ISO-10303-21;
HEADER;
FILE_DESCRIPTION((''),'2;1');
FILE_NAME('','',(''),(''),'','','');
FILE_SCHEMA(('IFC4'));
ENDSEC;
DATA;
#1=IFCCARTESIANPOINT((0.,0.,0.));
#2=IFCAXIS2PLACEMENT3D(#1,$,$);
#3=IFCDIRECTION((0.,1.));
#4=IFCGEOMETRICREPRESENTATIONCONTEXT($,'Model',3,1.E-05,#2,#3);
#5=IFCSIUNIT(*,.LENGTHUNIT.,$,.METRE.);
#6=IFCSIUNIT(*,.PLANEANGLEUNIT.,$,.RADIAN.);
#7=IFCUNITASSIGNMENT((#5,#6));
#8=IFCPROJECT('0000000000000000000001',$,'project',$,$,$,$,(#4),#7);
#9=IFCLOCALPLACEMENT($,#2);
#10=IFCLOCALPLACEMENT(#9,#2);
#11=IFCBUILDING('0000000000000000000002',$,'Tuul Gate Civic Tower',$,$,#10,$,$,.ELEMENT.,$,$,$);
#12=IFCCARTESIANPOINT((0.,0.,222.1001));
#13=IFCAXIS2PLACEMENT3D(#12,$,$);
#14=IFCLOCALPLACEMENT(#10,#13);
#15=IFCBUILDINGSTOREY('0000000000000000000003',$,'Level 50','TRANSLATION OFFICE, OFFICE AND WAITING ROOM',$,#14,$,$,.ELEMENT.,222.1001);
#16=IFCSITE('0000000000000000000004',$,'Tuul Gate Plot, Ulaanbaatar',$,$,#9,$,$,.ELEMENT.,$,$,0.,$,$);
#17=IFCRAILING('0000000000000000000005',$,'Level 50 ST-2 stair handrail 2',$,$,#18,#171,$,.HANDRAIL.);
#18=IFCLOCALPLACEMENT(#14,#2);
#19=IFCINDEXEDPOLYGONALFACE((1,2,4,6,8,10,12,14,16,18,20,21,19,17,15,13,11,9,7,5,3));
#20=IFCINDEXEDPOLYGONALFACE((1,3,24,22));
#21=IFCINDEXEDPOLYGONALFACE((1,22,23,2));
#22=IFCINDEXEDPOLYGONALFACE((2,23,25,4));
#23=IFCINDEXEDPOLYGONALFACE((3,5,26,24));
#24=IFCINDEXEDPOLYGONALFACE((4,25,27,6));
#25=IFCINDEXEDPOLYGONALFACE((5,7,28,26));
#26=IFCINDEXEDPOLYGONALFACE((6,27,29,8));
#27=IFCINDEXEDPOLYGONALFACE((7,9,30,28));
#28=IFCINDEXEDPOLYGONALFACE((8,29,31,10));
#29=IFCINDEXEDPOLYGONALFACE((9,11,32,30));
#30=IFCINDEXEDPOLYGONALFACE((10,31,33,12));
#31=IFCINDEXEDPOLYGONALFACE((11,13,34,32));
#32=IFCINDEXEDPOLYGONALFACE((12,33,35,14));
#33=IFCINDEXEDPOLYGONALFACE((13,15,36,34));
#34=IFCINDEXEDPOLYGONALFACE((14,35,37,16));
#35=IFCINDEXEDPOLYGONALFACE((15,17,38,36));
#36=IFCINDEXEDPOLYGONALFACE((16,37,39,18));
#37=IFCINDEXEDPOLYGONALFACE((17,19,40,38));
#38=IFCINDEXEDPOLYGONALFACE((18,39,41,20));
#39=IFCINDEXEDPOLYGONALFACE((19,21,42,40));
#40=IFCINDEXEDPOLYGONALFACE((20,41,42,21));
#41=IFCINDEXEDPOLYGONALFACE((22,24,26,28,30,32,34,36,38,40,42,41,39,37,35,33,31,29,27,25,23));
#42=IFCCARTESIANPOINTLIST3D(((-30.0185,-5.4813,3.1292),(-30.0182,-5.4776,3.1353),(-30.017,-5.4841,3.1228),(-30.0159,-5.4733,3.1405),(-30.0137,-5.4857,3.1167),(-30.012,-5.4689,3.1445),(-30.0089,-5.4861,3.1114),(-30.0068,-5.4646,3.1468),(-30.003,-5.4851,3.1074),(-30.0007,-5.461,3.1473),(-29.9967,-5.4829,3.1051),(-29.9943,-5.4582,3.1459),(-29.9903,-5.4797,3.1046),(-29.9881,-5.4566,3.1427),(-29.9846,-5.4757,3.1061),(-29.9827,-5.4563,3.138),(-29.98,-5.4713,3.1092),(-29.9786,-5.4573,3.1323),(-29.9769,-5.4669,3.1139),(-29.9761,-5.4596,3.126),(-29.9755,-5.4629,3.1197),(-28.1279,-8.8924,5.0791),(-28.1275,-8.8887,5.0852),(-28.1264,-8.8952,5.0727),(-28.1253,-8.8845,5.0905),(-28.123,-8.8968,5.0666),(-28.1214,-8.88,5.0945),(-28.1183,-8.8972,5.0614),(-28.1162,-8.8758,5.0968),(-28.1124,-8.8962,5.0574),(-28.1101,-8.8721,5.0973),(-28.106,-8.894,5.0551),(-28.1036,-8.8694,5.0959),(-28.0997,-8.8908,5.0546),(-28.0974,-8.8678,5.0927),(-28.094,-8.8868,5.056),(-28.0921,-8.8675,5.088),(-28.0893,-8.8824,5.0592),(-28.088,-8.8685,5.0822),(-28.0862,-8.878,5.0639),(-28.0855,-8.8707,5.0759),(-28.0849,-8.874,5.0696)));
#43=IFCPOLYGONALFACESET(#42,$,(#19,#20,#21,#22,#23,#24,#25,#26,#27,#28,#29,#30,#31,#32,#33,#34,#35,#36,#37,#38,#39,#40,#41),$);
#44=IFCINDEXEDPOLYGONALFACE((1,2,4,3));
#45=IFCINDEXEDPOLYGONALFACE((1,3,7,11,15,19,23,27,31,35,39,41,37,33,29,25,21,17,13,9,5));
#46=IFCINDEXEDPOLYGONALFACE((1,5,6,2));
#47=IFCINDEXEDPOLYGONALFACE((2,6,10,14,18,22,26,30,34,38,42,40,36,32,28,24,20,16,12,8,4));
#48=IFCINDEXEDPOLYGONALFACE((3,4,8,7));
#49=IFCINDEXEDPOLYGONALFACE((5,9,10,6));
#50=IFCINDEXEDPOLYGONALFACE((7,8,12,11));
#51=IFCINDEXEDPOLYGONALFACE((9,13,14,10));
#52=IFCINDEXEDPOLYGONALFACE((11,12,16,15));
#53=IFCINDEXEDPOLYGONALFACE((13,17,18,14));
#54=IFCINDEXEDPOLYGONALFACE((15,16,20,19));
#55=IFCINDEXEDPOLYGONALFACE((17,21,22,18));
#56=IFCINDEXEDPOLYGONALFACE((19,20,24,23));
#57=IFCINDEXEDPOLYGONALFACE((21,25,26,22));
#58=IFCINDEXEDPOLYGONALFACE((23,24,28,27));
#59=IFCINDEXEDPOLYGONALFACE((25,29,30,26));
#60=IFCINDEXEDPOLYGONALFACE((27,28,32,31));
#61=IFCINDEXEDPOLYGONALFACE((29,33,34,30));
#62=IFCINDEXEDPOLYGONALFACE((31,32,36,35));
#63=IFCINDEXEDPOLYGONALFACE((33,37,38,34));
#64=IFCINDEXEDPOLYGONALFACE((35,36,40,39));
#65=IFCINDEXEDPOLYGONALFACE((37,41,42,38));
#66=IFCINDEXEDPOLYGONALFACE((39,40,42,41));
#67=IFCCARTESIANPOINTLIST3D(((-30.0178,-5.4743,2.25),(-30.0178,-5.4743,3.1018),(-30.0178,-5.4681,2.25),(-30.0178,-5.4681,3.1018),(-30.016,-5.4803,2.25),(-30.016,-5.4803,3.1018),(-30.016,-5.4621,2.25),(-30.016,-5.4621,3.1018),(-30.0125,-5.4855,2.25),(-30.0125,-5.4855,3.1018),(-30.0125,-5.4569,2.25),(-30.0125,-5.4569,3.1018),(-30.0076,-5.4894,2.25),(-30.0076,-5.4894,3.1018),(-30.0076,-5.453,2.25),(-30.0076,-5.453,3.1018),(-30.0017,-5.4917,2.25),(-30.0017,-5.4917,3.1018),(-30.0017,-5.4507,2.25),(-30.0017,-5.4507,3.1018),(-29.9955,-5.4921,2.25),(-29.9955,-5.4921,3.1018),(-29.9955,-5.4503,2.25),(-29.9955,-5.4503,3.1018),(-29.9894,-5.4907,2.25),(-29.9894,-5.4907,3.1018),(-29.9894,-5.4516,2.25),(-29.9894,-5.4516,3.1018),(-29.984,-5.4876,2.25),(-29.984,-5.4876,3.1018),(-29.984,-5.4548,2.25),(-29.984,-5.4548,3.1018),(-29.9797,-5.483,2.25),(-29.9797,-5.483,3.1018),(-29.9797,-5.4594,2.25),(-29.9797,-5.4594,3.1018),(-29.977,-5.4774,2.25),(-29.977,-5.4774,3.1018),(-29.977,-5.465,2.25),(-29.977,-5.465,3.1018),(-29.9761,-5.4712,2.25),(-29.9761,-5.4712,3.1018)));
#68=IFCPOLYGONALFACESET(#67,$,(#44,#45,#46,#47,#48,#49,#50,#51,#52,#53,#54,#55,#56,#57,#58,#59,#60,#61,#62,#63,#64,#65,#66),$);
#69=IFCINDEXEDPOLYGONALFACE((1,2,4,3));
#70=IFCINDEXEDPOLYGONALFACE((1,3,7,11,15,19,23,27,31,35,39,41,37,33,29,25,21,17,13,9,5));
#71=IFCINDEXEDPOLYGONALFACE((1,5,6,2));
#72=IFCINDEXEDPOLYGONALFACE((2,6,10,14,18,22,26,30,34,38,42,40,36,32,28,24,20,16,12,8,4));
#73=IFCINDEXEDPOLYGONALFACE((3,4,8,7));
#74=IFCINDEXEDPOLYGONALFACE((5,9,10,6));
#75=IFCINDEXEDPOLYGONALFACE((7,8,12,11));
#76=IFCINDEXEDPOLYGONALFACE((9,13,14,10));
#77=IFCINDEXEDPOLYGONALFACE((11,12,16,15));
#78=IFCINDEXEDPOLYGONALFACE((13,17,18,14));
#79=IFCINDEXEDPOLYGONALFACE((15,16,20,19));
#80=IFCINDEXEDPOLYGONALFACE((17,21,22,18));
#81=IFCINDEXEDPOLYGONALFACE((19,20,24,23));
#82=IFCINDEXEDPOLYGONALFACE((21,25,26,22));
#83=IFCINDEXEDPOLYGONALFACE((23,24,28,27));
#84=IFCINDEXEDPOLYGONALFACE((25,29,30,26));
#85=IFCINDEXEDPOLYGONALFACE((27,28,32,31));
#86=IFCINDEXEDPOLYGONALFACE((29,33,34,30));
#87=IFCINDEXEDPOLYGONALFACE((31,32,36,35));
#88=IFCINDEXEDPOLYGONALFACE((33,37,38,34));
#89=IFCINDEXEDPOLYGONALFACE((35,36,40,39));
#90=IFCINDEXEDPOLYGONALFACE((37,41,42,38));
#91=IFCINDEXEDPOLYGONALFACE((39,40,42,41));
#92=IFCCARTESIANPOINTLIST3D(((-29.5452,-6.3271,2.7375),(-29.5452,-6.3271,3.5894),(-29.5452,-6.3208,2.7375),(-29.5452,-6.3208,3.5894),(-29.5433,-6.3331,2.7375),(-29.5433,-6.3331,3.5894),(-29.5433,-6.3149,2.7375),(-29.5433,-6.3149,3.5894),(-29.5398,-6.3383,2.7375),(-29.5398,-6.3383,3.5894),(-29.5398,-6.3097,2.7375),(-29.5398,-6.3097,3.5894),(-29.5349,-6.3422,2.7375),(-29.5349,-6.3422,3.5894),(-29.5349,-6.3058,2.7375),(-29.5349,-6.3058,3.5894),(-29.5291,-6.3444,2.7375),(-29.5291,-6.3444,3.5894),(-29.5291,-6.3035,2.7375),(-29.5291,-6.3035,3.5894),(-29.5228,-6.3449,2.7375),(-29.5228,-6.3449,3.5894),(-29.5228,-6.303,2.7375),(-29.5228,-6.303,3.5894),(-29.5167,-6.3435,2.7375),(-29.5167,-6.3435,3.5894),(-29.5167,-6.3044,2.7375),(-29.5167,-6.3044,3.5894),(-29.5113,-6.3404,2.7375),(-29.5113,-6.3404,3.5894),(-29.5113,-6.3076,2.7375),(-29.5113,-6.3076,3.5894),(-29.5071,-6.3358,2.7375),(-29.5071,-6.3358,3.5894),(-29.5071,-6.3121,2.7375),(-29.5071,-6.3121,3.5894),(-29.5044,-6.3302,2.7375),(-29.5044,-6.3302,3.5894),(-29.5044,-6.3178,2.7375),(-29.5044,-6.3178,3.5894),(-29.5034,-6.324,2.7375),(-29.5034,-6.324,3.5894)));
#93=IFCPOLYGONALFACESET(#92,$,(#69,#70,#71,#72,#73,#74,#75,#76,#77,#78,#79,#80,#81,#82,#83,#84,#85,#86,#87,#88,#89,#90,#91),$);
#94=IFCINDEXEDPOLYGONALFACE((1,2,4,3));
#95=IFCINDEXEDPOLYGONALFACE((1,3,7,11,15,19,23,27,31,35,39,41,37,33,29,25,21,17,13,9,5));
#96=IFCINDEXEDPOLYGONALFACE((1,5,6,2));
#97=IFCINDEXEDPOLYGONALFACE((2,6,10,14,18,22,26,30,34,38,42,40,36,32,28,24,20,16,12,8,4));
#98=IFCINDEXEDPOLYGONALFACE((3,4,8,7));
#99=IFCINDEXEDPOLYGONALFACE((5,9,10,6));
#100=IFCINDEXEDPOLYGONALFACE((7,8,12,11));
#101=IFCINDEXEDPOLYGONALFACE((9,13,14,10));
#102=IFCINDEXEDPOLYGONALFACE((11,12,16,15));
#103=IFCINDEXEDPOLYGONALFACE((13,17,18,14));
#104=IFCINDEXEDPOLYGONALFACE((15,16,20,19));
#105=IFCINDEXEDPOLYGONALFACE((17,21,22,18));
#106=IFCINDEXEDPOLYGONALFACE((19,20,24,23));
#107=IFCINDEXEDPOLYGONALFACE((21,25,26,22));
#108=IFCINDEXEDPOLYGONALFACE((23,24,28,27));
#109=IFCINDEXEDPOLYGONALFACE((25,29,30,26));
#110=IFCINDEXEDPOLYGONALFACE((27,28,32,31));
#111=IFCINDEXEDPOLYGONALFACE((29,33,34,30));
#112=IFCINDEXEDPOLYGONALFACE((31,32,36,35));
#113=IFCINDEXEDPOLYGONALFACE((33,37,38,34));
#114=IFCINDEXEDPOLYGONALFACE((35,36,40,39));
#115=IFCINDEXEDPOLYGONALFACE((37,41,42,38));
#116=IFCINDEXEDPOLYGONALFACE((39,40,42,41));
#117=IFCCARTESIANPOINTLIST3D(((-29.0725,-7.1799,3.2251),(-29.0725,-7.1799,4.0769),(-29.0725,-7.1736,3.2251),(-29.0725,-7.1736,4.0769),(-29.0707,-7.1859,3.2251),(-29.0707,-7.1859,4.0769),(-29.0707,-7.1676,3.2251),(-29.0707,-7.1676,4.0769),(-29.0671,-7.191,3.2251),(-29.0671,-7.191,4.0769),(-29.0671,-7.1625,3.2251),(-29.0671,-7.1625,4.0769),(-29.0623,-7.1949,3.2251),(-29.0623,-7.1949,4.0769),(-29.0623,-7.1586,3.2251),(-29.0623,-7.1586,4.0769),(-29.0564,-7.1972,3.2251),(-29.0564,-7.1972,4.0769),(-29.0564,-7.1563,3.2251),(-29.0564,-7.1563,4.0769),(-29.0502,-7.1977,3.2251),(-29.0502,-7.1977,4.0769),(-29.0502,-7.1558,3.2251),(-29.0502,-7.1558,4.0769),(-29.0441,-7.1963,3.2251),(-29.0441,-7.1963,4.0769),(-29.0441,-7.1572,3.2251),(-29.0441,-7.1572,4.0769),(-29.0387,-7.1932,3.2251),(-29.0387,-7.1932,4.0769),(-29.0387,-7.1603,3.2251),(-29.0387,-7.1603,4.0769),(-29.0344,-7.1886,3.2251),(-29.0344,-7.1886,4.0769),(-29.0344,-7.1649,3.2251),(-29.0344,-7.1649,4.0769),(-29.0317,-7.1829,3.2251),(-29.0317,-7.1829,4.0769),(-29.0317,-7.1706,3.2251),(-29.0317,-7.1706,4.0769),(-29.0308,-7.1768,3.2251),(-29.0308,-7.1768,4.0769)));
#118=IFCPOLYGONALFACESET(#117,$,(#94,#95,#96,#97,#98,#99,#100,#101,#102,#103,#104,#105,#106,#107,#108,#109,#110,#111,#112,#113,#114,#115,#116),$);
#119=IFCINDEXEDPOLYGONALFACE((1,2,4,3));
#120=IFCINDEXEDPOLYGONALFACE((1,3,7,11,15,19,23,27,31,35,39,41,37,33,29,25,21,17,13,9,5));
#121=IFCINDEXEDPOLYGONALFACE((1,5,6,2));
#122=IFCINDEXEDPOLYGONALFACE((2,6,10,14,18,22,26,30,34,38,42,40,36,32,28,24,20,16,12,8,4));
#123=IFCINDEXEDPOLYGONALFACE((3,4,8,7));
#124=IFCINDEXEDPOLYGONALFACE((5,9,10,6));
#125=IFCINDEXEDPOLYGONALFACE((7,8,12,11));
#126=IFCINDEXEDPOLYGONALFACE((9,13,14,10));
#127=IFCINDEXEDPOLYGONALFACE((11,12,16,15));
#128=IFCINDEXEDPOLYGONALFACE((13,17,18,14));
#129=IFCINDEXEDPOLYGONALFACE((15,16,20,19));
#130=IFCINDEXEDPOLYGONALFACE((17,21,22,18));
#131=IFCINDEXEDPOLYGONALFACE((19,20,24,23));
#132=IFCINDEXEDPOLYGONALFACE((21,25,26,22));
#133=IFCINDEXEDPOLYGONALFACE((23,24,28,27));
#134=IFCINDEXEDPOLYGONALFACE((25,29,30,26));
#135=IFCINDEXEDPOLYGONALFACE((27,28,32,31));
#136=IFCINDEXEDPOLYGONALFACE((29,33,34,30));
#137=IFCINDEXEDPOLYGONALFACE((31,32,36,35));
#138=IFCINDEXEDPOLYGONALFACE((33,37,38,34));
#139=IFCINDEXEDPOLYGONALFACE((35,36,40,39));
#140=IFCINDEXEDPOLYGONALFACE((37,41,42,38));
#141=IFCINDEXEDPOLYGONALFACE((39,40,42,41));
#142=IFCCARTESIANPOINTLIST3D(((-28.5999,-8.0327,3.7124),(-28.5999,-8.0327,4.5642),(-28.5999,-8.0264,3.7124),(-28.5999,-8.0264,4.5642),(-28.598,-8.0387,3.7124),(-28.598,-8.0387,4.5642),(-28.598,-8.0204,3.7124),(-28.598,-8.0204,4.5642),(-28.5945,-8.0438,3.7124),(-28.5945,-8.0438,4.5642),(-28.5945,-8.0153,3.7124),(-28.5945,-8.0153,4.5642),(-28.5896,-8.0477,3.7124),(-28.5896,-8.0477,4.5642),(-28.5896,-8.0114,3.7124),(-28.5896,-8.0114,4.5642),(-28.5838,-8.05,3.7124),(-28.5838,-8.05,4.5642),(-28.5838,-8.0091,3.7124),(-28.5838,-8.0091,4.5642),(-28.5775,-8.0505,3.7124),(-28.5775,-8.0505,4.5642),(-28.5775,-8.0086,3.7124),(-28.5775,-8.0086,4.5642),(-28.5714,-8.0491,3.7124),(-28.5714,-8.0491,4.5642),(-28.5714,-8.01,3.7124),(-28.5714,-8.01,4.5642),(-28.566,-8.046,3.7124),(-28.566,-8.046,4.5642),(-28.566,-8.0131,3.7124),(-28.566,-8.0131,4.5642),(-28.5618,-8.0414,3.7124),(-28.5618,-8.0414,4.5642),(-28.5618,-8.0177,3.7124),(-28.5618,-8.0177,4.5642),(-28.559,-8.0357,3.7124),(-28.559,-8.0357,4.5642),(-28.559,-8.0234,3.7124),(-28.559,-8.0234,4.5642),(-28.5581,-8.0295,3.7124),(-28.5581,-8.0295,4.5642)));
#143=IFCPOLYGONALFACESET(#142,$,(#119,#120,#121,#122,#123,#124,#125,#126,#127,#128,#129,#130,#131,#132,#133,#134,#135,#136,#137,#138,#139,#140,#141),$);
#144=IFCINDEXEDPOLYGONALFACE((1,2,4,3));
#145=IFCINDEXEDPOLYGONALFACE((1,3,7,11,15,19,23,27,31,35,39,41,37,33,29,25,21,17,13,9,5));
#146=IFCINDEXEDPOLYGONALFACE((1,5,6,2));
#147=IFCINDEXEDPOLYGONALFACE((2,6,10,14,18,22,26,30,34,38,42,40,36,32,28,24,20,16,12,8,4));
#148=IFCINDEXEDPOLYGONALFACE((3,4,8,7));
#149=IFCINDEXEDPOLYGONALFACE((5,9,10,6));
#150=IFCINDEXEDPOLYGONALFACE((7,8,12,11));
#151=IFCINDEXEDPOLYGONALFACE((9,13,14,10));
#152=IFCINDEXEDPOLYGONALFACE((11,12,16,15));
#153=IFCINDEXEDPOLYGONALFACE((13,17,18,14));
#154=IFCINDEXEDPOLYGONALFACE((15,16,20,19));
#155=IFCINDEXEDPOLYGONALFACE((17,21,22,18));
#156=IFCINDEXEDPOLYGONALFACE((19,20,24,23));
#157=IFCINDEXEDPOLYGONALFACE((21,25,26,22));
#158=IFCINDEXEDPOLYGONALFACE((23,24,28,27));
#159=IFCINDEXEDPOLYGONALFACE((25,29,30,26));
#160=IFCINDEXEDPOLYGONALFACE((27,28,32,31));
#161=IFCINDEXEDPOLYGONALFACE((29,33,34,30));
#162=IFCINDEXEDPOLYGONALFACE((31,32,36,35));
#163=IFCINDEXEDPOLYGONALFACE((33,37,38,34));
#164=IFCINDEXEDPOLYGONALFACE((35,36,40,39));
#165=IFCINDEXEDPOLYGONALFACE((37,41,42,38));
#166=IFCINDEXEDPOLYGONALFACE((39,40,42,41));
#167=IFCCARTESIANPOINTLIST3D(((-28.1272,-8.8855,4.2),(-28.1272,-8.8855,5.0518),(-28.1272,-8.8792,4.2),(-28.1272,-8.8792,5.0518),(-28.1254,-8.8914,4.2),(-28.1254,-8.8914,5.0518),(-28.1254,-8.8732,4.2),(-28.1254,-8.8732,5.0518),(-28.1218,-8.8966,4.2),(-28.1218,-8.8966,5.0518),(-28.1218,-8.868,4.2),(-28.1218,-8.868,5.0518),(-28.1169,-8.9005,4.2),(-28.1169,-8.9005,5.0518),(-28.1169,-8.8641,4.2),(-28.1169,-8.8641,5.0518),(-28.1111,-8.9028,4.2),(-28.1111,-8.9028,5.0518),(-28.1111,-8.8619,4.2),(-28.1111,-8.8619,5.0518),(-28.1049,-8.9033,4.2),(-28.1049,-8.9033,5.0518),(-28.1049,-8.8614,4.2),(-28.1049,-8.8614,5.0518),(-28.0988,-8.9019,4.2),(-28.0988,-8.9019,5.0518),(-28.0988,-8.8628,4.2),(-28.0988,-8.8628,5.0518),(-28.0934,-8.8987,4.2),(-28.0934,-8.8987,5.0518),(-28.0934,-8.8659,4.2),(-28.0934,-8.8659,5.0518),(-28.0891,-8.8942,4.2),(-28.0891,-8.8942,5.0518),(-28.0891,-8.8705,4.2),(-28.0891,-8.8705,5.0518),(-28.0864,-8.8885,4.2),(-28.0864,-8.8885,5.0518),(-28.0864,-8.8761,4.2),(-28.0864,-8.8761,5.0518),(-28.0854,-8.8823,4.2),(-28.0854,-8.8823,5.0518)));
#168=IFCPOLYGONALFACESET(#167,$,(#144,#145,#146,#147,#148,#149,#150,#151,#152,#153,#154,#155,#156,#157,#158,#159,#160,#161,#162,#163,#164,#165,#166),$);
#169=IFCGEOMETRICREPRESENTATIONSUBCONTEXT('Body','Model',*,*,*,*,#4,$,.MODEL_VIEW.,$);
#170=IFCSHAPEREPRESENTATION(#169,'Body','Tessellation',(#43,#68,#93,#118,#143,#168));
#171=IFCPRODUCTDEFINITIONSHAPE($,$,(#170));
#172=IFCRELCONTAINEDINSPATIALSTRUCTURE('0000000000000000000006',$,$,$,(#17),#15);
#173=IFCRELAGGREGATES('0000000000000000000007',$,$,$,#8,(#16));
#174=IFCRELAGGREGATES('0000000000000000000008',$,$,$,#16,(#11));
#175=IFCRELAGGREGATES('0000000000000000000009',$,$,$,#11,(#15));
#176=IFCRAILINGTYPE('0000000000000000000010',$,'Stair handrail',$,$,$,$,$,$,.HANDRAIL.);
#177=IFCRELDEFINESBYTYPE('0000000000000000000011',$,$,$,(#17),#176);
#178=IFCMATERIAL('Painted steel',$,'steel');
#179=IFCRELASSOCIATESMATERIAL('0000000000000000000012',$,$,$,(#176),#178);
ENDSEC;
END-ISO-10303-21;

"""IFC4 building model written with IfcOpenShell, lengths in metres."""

from ifc_helpers import new_model, si_unit, direction, frame, origin, origin_2d, place, context, subcontext, project, spatial, circle, extrude, material, type_object, element, save


model = new_model("IFC4")

# Units and contexts
model_context = context("Model", 3, precision=1e-05, world=origin(), true_north=direction((0.0, 1.0)))
body_context = subcontext(model_context, "Body", "Model", "MODEL_VIEW")
ifc_project = project(units=[si_unit("LENGTHUNIT", "METRE"), si_unit("PLANEANGLEUNIT", "RADIAN")], contexts=[model_context])

# Site, building, storey
site_placement = place(None, origin())
site = spatial("IfcSite", under=ifc_project, at=site_placement, Name="Tuul Gate Plot, Ulaanbaatar", CompositionType="ELEMENT", RefElevation=0.0)
building_placement = place(site_placement, origin())
building = spatial("IfcBuilding", under=site, at=building_placement, Name="Tuul Gate Civic Tower", CompositionType="ELEMENT")
storey_placement = place(building_placement, frame((0.0, 0.0, 222.1001)))
storey = spatial("IfcBuildingStorey", under=building, at=storey_placement, Name="Level 50", Description="TRANSLATION OFFICE, OFFICE AND WAITING ROOM", CompositionType="ELEMENT", Elevation=222.1001)

# Railing
ifc_material_1 = material(Name="Painted steel", Category="steel")
railing_type = type_object("IfcRailingType", Name="Stair handrail", PredefinedType="HANDRAIL", material=ifc_material_1)
railing_placement = place(storey_placement, frame((-29.9971, -5.4712, 2.25)))
element("IfcRailing", 1, at=railing_placement, inside=storey, type_object=railing_type, Name="Level 50 ST-2 stair handrail 2", PredefinedType="HANDRAIL", context=body_context, shape_type="SweptSolid", body=[
    extrude(circle(Radius=0.0239, at=origin_2d()), frame((0.0, 0.0, 0.876), z_axis=(0.433595, -0.782308, 0.447201), x_axis=(0.874641, 0.484771, 0.0)), (0.0, 0.0, 1.0), 4.3604),
    extrude(circle(Radius=0.021, at=origin_2d()), origin(), (0.0, 0.0, 1.0), 0.8518),
    extrude(circle(Radius=0.021, at=origin_2d()), frame((0.4727, -0.8528, 0.4875)), (0.0, 0.0, 1.0), 0.8518),
    extrude(circle(Radius=0.021, at=origin_2d()), frame((0.9453, -1.7056, 0.9751)), (0.0, 0.0, 1.0), 0.8518),
    extrude(circle(Radius=0.021, at=origin_2d()), frame((1.418, -2.5583, 1.4624)), (0.0, 0.0, 1.0), 0.8518),
    extrude(circle(Radius=0.021, at=origin_2d()), frame((1.8906, -3.4111, 1.95)), (0.0, 0.0, 1.0), 0.8518),
])

save(model, "model.ifc")
